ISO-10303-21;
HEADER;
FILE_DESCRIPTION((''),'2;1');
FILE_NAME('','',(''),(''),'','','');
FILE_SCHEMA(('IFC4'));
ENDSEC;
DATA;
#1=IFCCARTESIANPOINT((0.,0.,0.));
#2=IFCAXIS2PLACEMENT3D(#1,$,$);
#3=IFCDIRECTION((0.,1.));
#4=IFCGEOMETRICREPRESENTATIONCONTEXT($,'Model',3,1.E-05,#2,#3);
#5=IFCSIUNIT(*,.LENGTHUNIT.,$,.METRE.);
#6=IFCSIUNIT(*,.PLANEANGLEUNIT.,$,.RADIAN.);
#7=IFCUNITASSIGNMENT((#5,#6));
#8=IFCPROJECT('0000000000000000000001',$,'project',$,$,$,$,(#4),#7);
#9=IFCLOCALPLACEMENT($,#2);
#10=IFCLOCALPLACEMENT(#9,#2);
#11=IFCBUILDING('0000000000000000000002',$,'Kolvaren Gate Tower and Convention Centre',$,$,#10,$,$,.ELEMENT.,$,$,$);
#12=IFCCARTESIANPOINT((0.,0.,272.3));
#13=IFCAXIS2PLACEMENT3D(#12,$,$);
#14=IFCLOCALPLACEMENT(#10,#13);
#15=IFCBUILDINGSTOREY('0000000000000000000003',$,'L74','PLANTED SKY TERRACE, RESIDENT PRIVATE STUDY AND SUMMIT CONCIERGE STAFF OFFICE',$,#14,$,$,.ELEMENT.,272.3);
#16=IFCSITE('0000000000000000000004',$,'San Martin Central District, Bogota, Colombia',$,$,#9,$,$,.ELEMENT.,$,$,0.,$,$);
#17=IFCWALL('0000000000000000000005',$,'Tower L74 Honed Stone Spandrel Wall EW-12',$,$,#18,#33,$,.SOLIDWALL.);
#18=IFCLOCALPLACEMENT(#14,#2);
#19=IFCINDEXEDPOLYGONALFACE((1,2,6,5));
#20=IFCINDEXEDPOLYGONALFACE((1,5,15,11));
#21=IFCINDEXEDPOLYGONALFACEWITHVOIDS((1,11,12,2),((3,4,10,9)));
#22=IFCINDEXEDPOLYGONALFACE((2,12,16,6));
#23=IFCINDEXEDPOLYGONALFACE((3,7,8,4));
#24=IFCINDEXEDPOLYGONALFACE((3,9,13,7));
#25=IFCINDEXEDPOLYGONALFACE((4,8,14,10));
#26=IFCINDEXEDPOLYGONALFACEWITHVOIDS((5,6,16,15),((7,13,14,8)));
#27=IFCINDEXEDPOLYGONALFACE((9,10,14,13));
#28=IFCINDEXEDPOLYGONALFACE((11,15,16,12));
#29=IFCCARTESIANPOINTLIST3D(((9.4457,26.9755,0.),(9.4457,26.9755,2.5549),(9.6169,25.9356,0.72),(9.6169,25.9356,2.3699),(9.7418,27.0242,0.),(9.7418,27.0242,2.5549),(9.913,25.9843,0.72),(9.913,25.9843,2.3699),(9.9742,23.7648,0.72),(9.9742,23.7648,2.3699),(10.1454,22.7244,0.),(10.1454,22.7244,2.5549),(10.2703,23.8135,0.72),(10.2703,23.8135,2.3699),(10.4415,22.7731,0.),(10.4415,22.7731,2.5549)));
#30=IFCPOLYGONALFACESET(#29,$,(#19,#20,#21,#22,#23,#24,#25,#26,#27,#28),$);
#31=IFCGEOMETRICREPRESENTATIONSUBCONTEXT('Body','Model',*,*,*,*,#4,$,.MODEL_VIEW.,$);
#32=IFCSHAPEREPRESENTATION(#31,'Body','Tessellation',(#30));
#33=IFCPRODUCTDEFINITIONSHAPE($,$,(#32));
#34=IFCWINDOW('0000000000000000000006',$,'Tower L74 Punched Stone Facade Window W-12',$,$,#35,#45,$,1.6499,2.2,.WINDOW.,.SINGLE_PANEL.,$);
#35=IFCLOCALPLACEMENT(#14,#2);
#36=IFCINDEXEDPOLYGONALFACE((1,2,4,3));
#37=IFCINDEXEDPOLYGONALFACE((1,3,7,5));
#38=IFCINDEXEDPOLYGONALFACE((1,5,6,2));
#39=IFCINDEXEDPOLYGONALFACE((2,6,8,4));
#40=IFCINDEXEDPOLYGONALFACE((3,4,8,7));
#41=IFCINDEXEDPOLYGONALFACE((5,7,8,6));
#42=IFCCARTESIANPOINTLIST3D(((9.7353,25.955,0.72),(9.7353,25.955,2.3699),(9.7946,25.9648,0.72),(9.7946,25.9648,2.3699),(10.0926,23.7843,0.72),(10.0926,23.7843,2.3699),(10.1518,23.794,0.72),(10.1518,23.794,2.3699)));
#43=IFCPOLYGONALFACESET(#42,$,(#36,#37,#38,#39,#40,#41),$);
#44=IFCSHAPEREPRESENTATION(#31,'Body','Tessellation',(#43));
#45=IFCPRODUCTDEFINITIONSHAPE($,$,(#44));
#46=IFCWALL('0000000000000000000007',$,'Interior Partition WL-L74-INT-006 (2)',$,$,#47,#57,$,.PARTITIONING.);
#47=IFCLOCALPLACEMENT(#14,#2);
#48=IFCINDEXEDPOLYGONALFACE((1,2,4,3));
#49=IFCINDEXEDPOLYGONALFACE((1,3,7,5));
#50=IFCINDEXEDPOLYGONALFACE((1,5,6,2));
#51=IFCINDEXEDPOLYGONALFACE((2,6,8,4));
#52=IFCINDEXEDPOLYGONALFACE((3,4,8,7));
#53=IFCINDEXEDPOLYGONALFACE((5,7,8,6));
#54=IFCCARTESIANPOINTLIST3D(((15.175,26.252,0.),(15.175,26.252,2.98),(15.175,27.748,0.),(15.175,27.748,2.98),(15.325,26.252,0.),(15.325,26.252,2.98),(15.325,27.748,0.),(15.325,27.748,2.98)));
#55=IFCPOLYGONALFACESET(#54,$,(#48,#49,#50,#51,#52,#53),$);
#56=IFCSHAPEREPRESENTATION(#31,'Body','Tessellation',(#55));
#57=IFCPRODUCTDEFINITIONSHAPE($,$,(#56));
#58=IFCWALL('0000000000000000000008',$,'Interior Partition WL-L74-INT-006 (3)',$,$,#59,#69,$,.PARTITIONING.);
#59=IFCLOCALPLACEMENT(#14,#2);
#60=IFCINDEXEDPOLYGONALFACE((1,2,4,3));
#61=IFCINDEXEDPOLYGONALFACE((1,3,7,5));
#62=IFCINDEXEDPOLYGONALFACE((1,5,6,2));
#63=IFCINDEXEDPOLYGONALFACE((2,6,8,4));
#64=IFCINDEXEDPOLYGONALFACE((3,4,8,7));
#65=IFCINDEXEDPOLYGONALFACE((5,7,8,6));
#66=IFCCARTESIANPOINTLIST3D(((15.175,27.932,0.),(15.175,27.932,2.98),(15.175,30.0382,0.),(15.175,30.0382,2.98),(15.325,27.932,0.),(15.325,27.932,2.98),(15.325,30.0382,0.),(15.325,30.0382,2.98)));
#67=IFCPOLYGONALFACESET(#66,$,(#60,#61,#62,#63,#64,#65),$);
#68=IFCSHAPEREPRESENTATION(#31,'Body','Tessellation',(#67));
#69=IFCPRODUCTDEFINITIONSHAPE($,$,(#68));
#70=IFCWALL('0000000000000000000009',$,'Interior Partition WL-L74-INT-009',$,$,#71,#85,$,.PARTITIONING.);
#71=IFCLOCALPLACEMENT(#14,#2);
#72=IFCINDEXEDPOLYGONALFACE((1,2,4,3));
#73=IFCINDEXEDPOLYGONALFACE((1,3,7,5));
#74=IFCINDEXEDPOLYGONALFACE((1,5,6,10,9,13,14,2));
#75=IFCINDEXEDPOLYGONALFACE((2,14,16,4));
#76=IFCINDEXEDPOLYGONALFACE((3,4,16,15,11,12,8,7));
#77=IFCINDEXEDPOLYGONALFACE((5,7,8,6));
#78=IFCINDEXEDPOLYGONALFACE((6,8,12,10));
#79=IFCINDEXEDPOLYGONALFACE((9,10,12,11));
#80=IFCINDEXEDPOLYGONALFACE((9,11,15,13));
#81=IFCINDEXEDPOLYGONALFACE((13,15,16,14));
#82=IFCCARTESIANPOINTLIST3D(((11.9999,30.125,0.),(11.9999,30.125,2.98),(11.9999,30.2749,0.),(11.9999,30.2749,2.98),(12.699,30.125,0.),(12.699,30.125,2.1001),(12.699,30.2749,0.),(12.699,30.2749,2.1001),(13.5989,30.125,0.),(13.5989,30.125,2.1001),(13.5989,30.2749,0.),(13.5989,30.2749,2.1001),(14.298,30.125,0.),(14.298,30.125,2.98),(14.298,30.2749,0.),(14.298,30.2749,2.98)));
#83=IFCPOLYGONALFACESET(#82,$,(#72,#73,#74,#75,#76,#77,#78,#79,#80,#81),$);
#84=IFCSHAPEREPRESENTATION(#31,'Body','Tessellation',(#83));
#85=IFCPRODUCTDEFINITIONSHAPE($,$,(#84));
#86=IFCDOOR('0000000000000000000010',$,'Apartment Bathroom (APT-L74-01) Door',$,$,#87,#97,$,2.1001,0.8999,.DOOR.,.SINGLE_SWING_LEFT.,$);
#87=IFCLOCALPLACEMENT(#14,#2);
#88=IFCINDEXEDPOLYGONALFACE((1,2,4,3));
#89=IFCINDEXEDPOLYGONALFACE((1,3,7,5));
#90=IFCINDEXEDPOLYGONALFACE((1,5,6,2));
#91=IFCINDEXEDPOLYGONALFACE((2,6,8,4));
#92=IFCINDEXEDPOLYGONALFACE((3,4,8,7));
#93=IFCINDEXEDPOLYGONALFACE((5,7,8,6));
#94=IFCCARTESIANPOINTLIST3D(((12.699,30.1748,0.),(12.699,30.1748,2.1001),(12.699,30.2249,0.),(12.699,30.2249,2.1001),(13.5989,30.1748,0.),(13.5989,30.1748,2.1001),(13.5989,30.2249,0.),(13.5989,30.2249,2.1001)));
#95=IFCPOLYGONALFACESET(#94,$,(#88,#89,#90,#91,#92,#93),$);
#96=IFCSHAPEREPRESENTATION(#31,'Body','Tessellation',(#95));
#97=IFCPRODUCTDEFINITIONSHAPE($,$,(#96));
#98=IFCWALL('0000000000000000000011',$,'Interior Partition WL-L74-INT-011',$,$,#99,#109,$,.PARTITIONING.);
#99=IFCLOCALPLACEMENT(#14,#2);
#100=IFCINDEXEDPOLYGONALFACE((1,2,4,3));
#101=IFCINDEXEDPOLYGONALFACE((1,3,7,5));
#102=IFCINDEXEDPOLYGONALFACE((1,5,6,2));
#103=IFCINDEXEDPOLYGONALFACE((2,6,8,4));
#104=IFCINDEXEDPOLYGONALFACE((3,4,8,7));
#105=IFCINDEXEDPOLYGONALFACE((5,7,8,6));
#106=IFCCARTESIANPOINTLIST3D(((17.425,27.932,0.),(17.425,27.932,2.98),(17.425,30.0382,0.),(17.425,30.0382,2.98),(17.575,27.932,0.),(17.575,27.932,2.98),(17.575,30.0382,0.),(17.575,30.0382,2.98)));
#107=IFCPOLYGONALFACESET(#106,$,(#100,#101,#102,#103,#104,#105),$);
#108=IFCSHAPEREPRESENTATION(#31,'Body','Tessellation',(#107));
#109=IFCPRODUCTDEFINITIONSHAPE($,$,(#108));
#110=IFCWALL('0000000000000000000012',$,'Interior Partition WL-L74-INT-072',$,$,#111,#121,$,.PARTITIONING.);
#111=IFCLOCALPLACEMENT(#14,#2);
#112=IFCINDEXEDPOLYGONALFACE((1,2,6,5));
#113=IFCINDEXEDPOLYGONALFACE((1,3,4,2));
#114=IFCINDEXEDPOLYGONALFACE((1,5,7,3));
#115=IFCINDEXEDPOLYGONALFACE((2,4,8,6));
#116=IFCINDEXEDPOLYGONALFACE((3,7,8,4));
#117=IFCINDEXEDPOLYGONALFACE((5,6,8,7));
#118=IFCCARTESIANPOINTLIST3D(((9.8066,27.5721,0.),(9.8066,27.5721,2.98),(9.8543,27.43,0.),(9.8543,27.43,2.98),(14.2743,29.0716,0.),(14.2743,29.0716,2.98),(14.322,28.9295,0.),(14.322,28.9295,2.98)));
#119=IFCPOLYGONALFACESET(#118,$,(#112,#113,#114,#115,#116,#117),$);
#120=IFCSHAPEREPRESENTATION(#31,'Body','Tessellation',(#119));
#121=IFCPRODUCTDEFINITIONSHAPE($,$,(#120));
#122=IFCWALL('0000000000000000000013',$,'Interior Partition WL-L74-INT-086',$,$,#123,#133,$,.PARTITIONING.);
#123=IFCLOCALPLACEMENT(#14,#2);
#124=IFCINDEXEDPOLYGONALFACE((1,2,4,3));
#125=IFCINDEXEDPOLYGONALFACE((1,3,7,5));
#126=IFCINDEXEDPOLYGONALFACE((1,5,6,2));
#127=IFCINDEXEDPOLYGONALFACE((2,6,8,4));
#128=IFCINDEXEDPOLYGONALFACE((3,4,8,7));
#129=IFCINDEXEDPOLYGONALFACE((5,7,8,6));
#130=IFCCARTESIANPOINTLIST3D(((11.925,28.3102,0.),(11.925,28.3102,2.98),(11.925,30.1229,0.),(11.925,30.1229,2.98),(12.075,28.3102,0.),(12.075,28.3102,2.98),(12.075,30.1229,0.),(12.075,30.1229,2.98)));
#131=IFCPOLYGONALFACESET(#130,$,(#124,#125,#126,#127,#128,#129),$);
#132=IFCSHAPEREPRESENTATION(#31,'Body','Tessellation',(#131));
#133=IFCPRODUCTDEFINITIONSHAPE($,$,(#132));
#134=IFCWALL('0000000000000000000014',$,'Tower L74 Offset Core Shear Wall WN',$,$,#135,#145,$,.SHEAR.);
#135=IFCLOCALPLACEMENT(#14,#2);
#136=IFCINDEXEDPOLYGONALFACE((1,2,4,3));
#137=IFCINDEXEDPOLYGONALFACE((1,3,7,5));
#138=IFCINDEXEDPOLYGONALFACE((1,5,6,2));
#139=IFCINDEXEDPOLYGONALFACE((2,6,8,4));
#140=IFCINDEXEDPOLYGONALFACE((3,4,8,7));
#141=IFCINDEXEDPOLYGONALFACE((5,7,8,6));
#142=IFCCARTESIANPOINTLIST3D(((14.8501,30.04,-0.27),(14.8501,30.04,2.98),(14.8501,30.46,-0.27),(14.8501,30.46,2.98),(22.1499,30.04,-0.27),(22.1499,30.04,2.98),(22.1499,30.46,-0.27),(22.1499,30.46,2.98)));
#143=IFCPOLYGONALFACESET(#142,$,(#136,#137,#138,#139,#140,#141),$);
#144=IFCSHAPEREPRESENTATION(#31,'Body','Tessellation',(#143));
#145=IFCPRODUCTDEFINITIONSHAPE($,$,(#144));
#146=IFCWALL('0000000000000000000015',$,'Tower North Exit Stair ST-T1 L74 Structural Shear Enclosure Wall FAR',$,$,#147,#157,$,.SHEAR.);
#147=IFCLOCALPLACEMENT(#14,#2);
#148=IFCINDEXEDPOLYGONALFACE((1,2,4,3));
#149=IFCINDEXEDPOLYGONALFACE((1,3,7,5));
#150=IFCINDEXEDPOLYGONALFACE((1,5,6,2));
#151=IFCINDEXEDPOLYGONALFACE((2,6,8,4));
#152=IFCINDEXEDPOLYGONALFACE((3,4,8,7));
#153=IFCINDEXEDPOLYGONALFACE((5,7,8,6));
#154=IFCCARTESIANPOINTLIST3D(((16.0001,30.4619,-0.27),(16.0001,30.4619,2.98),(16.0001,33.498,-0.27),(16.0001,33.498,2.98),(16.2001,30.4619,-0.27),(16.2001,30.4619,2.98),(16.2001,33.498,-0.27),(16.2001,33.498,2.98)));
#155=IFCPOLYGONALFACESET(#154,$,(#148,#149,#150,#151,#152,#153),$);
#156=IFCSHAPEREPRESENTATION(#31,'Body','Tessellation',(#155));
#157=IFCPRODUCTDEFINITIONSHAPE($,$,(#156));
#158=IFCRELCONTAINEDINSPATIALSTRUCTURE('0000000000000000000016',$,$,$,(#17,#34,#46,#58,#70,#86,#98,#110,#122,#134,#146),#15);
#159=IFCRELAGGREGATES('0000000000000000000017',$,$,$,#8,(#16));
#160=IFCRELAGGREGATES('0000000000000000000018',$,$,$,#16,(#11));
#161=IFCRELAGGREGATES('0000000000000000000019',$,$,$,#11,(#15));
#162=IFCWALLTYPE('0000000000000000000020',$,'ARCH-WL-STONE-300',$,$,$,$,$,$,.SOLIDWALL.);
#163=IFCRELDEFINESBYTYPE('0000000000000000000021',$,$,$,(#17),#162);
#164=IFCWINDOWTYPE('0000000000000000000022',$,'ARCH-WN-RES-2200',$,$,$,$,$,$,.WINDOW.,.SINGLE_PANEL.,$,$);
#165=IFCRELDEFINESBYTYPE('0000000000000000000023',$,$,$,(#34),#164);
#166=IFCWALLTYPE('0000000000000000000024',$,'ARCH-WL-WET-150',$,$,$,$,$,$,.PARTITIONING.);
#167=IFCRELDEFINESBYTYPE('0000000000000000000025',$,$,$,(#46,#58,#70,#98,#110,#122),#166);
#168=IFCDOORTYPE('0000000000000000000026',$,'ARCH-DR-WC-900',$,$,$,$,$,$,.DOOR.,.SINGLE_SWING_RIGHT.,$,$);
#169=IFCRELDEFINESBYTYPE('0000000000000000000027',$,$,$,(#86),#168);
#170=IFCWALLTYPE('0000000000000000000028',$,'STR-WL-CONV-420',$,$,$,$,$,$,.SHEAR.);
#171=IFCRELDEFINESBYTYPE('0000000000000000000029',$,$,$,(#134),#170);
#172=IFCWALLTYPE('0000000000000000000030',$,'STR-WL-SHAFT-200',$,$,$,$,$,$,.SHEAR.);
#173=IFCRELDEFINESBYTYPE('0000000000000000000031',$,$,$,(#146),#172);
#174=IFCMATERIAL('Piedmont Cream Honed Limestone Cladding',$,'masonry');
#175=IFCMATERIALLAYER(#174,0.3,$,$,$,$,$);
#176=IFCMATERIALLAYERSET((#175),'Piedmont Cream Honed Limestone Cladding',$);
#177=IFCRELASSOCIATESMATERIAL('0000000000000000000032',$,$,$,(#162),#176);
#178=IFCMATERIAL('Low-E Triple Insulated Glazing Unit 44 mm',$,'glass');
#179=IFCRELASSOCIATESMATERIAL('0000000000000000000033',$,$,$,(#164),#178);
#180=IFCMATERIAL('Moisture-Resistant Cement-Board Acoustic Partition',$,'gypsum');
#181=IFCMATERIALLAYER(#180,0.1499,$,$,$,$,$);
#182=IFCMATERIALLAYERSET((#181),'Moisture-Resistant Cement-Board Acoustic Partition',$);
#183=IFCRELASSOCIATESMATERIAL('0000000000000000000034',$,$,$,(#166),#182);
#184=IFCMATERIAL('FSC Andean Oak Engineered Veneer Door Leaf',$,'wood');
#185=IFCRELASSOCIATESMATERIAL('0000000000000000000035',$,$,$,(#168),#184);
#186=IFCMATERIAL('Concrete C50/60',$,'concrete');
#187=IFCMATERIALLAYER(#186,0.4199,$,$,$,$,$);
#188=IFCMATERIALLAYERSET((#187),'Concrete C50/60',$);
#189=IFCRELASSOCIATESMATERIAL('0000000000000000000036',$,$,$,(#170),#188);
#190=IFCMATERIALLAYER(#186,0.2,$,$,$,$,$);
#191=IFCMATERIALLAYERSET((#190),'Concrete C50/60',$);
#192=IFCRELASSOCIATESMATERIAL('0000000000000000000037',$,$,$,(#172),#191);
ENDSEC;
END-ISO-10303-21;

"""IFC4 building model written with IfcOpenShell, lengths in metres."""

from ifc_helpers import new_model, si_unit, direction, frame, frame_2d, origin, place, context, subcontext, project, spatial, rectangle, extrude, material, layer, layer_set, type_object, element, fill, save


model = new_model("IFC4")

# Units and contexts
model_context = context("Model", 3, precision=1e-05, world=origin(), true_north=direction((0.0, 1.0)))
body_context = subcontext(model_context, "Body", "Model", "MODEL_VIEW")
ifc_project = project(units=[si_unit("LENGTHUNIT", "METRE"), si_unit("PLANEANGLEUNIT", "RADIAN")], contexts=[model_context])

# Site, building, storey
site_placement = place(None, origin())
site = spatial("IfcSite", under=ifc_project, at=site_placement, Name="San Martin Central District, Bogota, Colombia", CompositionType="ELEMENT", RefElevation=0.0)
building_placement = place(site_placement, origin())
building = spatial("IfcBuilding", under=site, at=building_placement, Name="Kolvaren Gate Tower and Convention Centre", CompositionType="ELEMENT")
storey_placement = place(building_placement, frame((0.0, 0.0, 272.3)))
storey = spatial("IfcBuildingStorey", under=building, at=storey_placement, Name="L74", Description="PLANTED SKY TERRACE, RESIDENT PRIVATE STUDY AND SUMMIT CONCIERGE STAFF OFFICE", CompositionType="ELEMENT", Elevation=272.3)

# Shared definitions
ifc_material_1 = material(Name="Piedmont Cream Honed Limestone Cladding", Category="masonry")

# Wall, opening, window
ifc_layer_1 = layer(ifc_material_1, 0.3)
ifc_layer_set_1 = layer_set([ifc_layer_1], Name="Piedmont Cream Honed Limestone Cladding")
wall_type_1 = type_object("IfcWallType", Name="ARCH-WL-STONE-300", PredefinedType="SOLIDWALL", material=ifc_layer_set_1)
ifc_material_2 = material(Name="Low-E Triple Insulated Glazing Unit 44 mm", Category="glass")
window_type = type_object("IfcWindowType", Name="ARCH-WN-RES-2200", PartitioningType="SINGLE_PANEL", PredefinedType="WINDOW", material=ifc_material_2)
wall_1_placement = place(storey_placement, frame((9.5938, 27.0, 0.0), z_axis=(0.0, 0.0, 1.0), x_axis=(0.162405, -0.986724, 0.0)))
wall_1 = element("IfcWall", 1, at=wall_1_placement, inside=storey, type_object=wall_type_1, Name="Tower L74 Honed Stone Spandrel Wall EW-12", PredefinedType="SOLIDWALL", context=body_context, shape_type="SweptSolid", body=[
    extrude(rectangle(XDim=4.3083, YDim=0.3, at=frame_2d((2.1543, 0.0))), origin(), (0.0, 0.0, 1.0), 2.5549),
])
opening_1_placement = place(wall_1_placement, frame((1.054, 0.0, 0.72)))
opening_1 = element("IfcOpeningElement", 2, at=opening_1_placement, cuts=wall_1, PredefinedType="OPENING", context=body_context, shape_type="SweptSolid", body=[
    extrude(rectangle(XDim=2.2, YDim=1.6499, at=frame_2d((1.1001, 0.825))), frame((0.0, 0.1599, 0.0), z_axis=(0.0, -1.0, 0.0), x_axis=(1.0, 0.0, 0.0)), (0.0, 0.0, 1.0), 0.3201),
])
window_1_placement = place(opening_1_placement, origin())
window_1 = element("IfcWindow", 3, at=window_1_placement, inside=storey, type_object=window_type, Name="Tower L74 Punched Stone Facade Window W-12", OverallHeight=1.6499, OverallWidth=2.2, PartitioningType="SINGLE_PANEL", PredefinedType="WINDOW", context=body_context, shape_type="SweptSolid", body=[
    extrude(rectangle(XDim=2.2, YDim=1.6499, at=frame_2d((1.1001, 0.825))), frame((0.0, 0.03, 0.0), z_axis=(0.0, -1.0, 0.0), x_axis=(1.0, 0.0, 0.0)), (0.0, 0.0, 1.0), 0.0601),
])
fill(opening_1, window_1)

# Walls
ifc_material_3 = material(Name="Moisture-Resistant Cement-Board Acoustic Partition", Category="gypsum")
ifc_layer_2 = layer(ifc_material_3, 0.1499)
ifc_layer_set_2 = layer_set([ifc_layer_2], Name="Moisture-Resistant Cement-Board Acoustic Partition")
wall_type_2 = type_object("IfcWallType", Name="ARCH-WL-WET-150", PredefinedType="PARTITIONING", material=ifc_layer_set_2)
wall_2_placement = place(storey_placement, frame((15.25, 26.252, 0.0), z_axis=(0.0, 0.0, 1.0), x_axis=(0.0, 1.0, 0.0)))
element("IfcWall", 4, at=wall_2_placement, inside=storey, type_object=wall_type_2, Name="Interior Partition WL-L74-INT-006 (2)", PredefinedType="PARTITIONING", context=body_context, shape_type="SweptSolid", body=[
    extrude(rectangle(XDim=1.4961, YDim=0.1499, at=frame_2d((0.748, 0.0))), origin(), (0.0, 0.0, 1.0), 2.98),
])
wall_3_placement = place(storey_placement, frame((15.25, 27.9319, 0.0), z_axis=(0.0, 0.0, 1.0), x_axis=(0.0, 1.0, 0.0)))
element("IfcWall", 5, at=wall_3_placement, inside=storey, type_object=wall_type_2, Name="Interior Partition WL-L74-INT-006 (3)", PredefinedType="PARTITIONING", context=body_context, shape_type="SweptSolid", body=[
    extrude(rectangle(XDim=2.1062, YDim=0.1499, at=frame_2d((1.0532, 0.0))), origin(), (0.0, 0.0, 1.0), 2.98),
])

# Wall, opening, door
wall_4_placement = place(storey_placement, frame((12.0, 30.2, 0.0), z_axis=(0.0, 0.0, 1.0), x_axis=(1.0, 0.0, 0.0)))
wall_4 = element("IfcWall", 6, at=wall_4_placement, inside=storey, type_object=wall_type_2, Name="Interior Partition WL-L74-INT-009", PredefinedType="PARTITIONING", context=body_context, shape_type="SweptSolid", body=[
    extrude(rectangle(XDim=2.2981, YDim=0.1499, at=frame_2d((1.1489, 0.0))), origin(), (0.0, 0.0, 1.0), 2.98),
])
opening_2_placement = place(wall_4_placement, frame((0.699, 0.0, 0.0)))
opening_2 = element("IfcOpeningElement", 7, at=opening_2_placement, cuts=wall_4, PredefinedType="OPENING", context=body_context, shape_type="SweptSolid", body=[
    extrude(rectangle(XDim=0.8999, YDim=2.1001, at=frame_2d((0.45, 1.05))), frame((0.0, 0.085, 0.0), z_axis=(0.0, -1.0, 0.0), x_axis=(1.0, 0.0, 0.0)), (0.0, 0.0, 1.0), 0.1699),
])
ifc_material_4 = material(Name="FSC Andean Oak Engineered Veneer Door Leaf", Category="wood")
door_type_1 = type_object("IfcDoorType", Name="ARCH-DR-WC-900", OperationType="SINGLE_SWING_RIGHT", PredefinedType="DOOR", material=ifc_material_4)
door_1_placement = place(opening_2_placement, origin())
door_1 = element("IfcDoor", 8, at=door_1_placement, inside=storey, type_object=door_type_1, Name="Apartment Bathroom (APT-L74-01) Door", OperationType="SINGLE_SWING_LEFT", OverallHeight=2.1001, OverallWidth=0.8999, PredefinedType="DOOR", context=body_context, shape_type="SweptSolid", body=[
    extrude(rectangle(XDim=0.8999, YDim=2.1001, at=frame_2d((0.45, 1.05))), frame((0.0, 0.0249, 0.0), z_axis=(0.0, -1.0, 0.0), x_axis=(1.0, 0.0, 0.0)), (0.0, 0.0, 1.0), 0.05),
])
fill(opening_2, door_1)

# Walls
wall_5_placement = place(storey_placement, frame((17.5, 27.9319, 0.0), z_axis=(0.0, 0.0, 1.0), x_axis=(0.0, 1.0, 0.0)))
element("IfcWall", 9, at=wall_5_placement, inside=storey, type_object=wall_type_2, Name="Interior Partition WL-L74-INT-011", PredefinedType="PARTITIONING", context=body_context, shape_type="SweptSolid", body=[
    extrude(rectangle(XDim=2.1062, YDim=0.1499, at=frame_2d((1.0532, 0.0))), origin(), (0.0, 0.0, 1.0), 2.98),
])
wall_6_placement = place(storey_placement, frame((9.8303, 27.501, 0.0), z_axis=(0.0, 0.0, 1.0), x_axis=(0.948029, 0.318185, 0.0)))
element("IfcWall", 10, at=wall_6_placement, inside=storey, type_object=wall_type_2, Name="Interior Partition WL-L74-INT-072", PredefinedType="PARTITIONING", context=body_context, shape_type="SweptSolid", body=[
    extrude(rectangle(XDim=4.7126, YDim=0.1499, at=frame_2d((2.3564, 0.0))), origin(), (0.0, 0.0, 1.0), 2.98),
])
wall_7_placement = place(storey_placement, frame((12.0, 28.3103, 0.0), z_axis=(0.0, 0.0, 1.0), x_axis=(0.0, 1.0, 0.0)))
element("IfcWall", 11, at=wall_7_placement, inside=storey, type_object=wall_type_2, Name="Interior Partition WL-L74-INT-086", PredefinedType="PARTITIONING", context=body_context, shape_type="SweptSolid", body=[
    extrude(rectangle(XDim=1.8127, YDim=0.1499, at=frame_2d((0.9062, 0.0))), origin(), (0.0, 0.0, 1.0), 2.98),
])
ifc_material_5 = material(Name="Concrete C50/60", Category="concrete")
ifc_layer_3 = layer(ifc_material_5, 0.4199)
ifc_layer_set_3 = layer_set([ifc_layer_3], Name="Concrete C50/60")
wall_type_3 = type_object("IfcWallType", Name="STR-WL-CONV-420", PredefinedType="SHEAR", material=ifc_layer_set_3)
wall_8_placement = place(storey_placement, frame((14.8501, 30.25, -0.27), z_axis=(0.0, 0.0, 1.0), x_axis=(1.0, 0.0, 0.0)))
element("IfcWall", 12, at=wall_8_placement, inside=storey, type_object=wall_type_3, Name="Tower L74 Offset Core Shear Wall WN", PredefinedType="SHEAR", context=body_context, shape_type="SweptSolid", body=[
    extrude(rectangle(XDim=7.2998, YDim=0.4199, at=frame_2d((3.6499, 0.0))), origin(), (0.0, 0.0, 1.0), 3.25),
])
ifc_layer_4 = layer(ifc_material_5, 0.2)
ifc_layer_set_4 = layer_set([ifc_layer_4], Name="Concrete C50/60")
wall_type_4 = type_object("IfcWallType", Name="STR-WL-SHAFT-200", PredefinedType="SHEAR", material=ifc_layer_set_4)
wall_9_placement = place(storey_placement, frame((16.1001, 30.4619, -0.27), z_axis=(0.0, 0.0, 1.0), x_axis=(0.0, 1.0, 0.0)))
element("IfcWall", 13, at=wall_9_placement, inside=storey, type_object=wall_type_4, Name="Tower North Exit Stair ST-T1 L74 Structural Shear Enclosure Wall FAR", PredefinedType="SHEAR", context=body_context, shape_type="SweptSolid", body=[
    extrude(rectangle(XDim=3.0361, YDim=0.2, at=frame_2d((1.5181, 0.0))), origin(), (0.0, 0.0, 1.0), 3.25),
])

save(model, "model.ifc")
